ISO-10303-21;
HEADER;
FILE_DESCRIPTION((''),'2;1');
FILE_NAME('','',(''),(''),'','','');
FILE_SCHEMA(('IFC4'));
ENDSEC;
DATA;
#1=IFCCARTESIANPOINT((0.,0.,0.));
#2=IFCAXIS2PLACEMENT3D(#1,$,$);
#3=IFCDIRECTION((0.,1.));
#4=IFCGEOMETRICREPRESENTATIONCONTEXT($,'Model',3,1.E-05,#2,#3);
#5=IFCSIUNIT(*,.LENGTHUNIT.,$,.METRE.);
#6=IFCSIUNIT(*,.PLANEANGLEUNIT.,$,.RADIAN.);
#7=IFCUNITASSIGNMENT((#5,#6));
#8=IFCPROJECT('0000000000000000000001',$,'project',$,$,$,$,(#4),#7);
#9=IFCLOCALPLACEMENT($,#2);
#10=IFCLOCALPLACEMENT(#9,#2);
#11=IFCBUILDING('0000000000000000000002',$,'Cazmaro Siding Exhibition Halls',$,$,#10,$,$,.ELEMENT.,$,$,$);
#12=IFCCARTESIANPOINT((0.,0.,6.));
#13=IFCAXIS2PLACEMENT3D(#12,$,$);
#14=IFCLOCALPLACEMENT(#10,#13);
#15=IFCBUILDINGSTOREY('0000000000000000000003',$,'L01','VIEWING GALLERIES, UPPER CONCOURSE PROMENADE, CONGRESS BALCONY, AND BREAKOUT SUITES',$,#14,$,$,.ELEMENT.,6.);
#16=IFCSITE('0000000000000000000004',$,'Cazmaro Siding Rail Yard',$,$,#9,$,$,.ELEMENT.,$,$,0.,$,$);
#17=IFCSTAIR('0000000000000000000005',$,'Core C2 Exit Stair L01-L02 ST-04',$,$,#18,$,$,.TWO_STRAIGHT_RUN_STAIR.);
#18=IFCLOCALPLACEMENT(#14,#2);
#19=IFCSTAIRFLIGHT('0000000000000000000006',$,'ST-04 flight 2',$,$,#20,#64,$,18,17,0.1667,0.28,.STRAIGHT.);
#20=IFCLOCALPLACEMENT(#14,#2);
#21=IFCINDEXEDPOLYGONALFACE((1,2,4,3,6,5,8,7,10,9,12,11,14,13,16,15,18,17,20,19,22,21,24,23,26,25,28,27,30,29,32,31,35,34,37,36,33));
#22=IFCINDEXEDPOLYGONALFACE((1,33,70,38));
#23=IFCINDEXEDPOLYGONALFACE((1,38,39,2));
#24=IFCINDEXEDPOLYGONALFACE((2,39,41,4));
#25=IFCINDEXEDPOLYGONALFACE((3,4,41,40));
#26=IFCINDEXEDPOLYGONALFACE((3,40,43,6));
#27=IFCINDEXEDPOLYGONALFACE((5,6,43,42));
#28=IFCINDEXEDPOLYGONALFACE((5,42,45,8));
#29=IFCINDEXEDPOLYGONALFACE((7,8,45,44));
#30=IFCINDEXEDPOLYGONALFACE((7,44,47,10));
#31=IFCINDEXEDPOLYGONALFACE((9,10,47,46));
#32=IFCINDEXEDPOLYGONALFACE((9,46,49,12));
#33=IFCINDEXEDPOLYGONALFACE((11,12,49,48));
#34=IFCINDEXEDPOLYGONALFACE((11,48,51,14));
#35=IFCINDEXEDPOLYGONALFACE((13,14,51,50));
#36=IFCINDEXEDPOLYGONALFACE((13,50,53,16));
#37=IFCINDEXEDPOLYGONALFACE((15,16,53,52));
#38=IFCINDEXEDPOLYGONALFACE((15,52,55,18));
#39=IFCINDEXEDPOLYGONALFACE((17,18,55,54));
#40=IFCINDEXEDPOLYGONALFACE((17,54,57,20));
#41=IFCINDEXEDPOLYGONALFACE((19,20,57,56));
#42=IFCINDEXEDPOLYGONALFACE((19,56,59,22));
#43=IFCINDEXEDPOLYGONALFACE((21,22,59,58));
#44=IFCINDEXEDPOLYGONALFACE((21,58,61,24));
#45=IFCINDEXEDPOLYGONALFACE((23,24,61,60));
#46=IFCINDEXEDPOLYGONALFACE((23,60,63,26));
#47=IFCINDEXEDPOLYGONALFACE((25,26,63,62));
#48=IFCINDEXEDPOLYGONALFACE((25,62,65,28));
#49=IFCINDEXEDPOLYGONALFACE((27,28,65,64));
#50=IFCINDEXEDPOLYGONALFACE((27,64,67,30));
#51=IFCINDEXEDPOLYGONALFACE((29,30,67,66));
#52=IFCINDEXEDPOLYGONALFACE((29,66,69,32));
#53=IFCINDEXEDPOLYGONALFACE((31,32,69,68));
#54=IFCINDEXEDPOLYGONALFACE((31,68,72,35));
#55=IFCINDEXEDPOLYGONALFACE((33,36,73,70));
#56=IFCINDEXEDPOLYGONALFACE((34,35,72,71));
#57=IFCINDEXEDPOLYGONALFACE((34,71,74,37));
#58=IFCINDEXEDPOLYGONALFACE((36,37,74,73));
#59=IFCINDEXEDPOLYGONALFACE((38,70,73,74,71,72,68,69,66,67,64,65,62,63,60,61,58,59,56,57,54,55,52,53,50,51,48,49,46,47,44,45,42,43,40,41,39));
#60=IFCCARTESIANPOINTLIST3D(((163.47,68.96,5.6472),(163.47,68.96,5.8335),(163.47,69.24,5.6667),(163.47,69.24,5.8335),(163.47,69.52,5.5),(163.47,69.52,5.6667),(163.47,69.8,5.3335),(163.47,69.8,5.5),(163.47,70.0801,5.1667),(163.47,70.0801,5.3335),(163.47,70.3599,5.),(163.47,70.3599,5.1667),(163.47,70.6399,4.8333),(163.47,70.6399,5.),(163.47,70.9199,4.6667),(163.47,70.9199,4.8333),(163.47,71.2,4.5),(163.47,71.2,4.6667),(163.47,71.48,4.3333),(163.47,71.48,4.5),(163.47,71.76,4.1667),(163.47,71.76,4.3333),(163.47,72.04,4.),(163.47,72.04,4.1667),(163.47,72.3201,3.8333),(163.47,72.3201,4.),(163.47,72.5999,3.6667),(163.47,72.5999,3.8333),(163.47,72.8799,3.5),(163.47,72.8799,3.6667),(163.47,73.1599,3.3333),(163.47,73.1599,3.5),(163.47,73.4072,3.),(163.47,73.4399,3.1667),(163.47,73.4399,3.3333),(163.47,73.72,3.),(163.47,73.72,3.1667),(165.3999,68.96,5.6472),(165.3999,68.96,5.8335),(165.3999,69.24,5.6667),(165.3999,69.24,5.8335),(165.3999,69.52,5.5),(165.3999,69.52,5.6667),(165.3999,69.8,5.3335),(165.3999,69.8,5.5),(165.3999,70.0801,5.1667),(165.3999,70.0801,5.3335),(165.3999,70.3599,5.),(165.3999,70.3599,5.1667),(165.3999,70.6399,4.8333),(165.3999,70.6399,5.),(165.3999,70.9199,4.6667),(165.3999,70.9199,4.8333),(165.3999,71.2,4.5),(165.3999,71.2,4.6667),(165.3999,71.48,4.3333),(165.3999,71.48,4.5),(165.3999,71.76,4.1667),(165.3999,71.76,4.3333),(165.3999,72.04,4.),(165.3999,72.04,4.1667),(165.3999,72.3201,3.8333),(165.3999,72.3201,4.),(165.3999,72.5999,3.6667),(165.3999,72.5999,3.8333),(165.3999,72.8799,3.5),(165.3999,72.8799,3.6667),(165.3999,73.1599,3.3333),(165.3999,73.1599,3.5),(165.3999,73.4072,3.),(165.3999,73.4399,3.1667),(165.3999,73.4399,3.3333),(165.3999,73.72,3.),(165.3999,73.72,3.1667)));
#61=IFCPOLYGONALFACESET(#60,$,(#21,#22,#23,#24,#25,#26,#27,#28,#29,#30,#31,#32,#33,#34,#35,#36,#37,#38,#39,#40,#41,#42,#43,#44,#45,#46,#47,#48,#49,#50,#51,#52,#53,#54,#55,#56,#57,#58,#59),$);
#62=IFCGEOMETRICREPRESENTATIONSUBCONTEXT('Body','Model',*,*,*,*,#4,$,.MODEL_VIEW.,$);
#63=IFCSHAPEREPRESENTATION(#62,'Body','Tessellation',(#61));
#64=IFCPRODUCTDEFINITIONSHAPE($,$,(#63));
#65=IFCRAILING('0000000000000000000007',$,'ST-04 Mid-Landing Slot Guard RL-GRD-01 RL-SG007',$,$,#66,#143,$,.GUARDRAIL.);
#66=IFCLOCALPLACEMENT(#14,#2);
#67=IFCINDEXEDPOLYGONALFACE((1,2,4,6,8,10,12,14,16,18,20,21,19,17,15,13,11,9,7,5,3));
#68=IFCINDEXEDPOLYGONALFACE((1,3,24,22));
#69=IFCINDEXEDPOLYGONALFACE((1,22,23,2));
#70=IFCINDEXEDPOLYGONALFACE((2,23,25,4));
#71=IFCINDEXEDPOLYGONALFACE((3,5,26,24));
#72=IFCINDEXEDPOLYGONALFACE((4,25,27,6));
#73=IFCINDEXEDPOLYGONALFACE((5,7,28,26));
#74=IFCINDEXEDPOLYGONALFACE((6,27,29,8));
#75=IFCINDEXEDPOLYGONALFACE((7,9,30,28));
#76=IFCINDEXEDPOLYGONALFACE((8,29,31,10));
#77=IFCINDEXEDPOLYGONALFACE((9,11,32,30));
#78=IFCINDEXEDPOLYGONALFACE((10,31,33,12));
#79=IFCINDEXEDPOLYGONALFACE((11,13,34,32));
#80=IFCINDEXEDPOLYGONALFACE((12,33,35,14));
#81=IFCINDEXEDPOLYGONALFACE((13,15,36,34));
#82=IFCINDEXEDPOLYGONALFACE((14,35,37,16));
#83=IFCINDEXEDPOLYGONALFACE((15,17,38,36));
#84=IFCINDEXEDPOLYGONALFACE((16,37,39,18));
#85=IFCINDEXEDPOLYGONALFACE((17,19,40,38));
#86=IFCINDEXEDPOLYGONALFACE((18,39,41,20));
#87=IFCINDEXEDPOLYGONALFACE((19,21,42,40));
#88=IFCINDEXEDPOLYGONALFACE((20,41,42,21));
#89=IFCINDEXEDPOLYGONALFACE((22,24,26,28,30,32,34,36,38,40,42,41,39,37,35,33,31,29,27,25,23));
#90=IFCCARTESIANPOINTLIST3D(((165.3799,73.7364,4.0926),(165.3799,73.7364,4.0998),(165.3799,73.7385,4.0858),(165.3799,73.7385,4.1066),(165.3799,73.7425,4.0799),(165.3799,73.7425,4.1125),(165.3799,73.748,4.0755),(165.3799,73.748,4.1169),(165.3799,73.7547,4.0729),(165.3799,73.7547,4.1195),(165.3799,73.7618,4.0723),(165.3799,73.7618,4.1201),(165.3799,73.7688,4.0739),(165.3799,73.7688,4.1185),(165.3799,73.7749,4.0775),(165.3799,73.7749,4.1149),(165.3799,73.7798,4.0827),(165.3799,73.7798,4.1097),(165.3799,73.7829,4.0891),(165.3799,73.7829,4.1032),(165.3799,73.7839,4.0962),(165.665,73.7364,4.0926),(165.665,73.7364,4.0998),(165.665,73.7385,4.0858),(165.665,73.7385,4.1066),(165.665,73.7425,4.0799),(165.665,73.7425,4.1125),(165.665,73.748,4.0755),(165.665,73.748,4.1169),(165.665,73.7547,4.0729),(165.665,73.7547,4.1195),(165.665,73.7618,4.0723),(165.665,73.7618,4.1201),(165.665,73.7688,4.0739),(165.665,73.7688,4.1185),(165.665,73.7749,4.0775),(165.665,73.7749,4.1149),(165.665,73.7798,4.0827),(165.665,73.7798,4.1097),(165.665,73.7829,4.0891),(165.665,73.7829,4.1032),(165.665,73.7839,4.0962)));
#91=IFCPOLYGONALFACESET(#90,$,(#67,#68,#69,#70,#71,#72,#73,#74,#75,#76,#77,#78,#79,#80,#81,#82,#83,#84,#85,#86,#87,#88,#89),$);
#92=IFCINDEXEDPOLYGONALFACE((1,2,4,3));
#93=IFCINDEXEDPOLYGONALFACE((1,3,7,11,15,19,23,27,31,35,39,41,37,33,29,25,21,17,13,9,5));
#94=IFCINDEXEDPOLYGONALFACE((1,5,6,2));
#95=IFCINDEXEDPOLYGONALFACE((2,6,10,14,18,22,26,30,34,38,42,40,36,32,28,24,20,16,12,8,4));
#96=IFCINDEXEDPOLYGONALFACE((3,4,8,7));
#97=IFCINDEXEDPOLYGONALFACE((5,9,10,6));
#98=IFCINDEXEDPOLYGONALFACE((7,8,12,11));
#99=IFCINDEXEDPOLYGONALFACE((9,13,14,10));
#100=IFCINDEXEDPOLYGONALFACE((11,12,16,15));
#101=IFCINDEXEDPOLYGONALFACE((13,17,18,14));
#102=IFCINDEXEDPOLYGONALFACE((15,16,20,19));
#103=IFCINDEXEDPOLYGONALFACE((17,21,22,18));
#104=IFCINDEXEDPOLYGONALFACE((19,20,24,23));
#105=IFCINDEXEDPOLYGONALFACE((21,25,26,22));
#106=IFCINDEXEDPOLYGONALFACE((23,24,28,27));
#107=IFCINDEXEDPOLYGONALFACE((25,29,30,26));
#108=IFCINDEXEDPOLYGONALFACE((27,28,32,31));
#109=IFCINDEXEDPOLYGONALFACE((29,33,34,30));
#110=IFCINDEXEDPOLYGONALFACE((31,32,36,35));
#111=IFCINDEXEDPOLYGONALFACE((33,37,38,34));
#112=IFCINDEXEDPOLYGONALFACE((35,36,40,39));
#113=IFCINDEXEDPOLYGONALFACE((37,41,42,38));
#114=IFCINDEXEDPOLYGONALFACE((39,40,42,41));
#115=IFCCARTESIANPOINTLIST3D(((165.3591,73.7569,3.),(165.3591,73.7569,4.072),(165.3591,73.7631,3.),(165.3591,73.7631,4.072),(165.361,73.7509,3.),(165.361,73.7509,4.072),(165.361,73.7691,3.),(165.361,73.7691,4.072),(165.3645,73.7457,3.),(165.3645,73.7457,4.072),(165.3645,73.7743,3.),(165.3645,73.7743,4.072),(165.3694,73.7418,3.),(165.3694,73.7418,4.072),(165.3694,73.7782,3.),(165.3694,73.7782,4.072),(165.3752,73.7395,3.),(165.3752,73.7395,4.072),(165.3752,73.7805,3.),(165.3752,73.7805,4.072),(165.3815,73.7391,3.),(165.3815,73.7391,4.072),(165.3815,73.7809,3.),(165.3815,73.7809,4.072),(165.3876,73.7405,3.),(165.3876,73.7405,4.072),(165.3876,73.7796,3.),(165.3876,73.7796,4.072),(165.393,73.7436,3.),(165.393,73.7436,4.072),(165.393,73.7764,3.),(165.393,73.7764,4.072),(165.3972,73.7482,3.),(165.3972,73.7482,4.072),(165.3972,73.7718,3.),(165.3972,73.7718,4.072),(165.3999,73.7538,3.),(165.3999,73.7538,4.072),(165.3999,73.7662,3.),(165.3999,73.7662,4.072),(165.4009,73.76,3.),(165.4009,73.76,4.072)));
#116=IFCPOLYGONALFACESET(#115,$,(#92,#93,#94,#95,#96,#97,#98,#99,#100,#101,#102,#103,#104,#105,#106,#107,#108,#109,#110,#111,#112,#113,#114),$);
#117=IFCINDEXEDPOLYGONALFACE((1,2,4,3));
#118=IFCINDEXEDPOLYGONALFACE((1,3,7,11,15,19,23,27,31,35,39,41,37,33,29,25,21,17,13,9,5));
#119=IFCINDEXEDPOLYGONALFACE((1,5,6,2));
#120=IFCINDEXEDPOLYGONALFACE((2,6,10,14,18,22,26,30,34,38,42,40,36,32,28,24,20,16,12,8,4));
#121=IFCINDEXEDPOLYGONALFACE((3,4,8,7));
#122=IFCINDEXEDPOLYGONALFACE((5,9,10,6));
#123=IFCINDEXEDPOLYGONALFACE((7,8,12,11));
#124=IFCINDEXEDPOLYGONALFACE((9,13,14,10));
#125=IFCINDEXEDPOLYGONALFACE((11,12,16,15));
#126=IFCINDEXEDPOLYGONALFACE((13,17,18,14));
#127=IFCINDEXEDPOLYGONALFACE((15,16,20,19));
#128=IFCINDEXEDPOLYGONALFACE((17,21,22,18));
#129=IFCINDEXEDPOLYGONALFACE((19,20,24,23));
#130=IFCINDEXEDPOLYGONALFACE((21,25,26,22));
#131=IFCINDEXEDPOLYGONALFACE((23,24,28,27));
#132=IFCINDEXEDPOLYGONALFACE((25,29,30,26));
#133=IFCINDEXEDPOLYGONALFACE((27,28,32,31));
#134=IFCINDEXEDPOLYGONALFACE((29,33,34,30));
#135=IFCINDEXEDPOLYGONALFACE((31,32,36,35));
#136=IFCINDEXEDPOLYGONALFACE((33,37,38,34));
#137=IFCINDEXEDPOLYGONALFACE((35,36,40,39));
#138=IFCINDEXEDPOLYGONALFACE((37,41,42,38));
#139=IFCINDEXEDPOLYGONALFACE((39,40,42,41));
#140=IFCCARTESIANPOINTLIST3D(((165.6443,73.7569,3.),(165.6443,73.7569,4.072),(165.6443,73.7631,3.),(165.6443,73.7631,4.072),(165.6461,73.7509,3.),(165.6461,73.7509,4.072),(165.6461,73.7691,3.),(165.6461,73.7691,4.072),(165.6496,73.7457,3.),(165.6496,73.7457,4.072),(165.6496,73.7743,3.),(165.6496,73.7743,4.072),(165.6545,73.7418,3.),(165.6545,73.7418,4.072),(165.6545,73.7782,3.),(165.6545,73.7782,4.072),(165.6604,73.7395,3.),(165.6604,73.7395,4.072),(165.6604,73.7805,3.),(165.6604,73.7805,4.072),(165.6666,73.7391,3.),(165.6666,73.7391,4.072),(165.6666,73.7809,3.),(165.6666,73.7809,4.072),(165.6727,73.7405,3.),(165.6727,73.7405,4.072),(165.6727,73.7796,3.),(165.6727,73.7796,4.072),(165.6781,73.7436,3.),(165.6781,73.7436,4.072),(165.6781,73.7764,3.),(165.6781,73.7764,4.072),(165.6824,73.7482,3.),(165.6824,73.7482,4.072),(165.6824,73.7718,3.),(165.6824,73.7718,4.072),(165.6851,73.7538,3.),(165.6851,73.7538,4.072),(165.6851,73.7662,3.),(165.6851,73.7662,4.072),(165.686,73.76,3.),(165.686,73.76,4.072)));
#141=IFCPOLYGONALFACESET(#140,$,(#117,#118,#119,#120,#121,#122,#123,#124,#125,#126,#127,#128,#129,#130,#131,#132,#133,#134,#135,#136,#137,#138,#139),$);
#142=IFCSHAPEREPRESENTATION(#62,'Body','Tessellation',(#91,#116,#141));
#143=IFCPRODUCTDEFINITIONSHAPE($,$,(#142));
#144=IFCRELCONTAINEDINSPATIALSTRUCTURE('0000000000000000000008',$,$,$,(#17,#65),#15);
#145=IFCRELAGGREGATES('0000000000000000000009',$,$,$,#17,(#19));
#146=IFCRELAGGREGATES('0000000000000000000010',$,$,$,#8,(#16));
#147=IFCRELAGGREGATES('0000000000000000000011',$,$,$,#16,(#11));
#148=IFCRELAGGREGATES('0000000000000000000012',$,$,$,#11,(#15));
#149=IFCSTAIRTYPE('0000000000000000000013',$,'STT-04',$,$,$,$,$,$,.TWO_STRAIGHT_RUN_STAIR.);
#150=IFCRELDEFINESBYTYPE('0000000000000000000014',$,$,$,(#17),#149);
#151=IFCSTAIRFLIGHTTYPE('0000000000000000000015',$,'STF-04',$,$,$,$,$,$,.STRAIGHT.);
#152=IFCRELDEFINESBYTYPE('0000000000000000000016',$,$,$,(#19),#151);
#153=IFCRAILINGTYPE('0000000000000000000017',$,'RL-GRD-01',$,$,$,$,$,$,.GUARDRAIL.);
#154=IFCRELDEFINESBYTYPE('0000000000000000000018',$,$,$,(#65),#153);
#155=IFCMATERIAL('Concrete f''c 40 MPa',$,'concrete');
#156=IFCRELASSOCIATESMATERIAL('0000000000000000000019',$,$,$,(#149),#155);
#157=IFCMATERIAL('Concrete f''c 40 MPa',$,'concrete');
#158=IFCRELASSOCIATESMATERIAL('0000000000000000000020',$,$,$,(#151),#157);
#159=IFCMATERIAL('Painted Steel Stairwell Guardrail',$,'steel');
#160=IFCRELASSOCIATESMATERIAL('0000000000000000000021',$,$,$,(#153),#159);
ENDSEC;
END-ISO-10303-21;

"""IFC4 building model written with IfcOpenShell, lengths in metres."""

from ifc_helpers import new_model, si_unit, direction, frame, origin, origin_2d, place, context, subcontext, project, spatial, polyline, circle, outline, extrude, material, type_object, element, aggregate, save


model = new_model("IFC4")

# Units and contexts
model_context = context("Model", 3, precision=1e-05, world=origin(), true_north=direction((0.0, 1.0)))
body_context = subcontext(model_context, "Body", "Model", "MODEL_VIEW")
ifc_project = project(units=[si_unit("LENGTHUNIT", "METRE"), si_unit("PLANEANGLEUNIT", "RADIAN")], contexts=[model_context])

# Site, building, storey
site_placement = place(None, origin())
site = spatial("IfcSite", under=ifc_project, at=site_placement, Name="Cazmaro Siding Rail Yard", CompositionType="ELEMENT", RefElevation=0.0)
building_placement = place(site_placement, origin())
building = spatial("IfcBuilding", under=site, at=building_placement, Name="Cazmaro Siding Exhibition Halls", CompositionType="ELEMENT")
storey_placement = place(building_placement, frame((0.0, 0.0, 6.0)))
storey = spatial("IfcBuildingStorey", under=building, at=storey_placement, Name="L01", Description="VIEWING GALLERIES, UPPER CONCOURSE PROMENADE, CONGRESS BALCONY, AND BREAKOUT SUITES", CompositionType="ELEMENT", Elevation=6.0)

# Stair, stair flight
ifc_material_1 = material(Name="Concrete f'c 40 MPa", Category="concrete")
stair_type = type_object("IfcStairType", Name="STT-04", PredefinedType="TWO_STRAIGHT_RUN_STAIR", material=ifc_material_1)
stair_placement = place(storey_placement, origin())
stair = element("IfcStair", 1, at=stair_placement, inside=storey, type_object=stair_type, Name="Core C2 Exit Stair L01-L02 ST-04", PredefinedType="TWO_STRAIGHT_RUN_STAIR")
ifc_material_2 = material(Name="Concrete f'c 40 MPa", Category="concrete")
stair_flight_type = type_object("IfcStairFlightType", Name="STF-04", PredefinedType="STRAIGHT", material=ifc_material_2)
stair_flight_placement = place(storey_placement, frame((164.4351, 73.72, 3.0), z_axis=(0.0, 0.0, 1.0), x_axis=(0.0, -1.0, 0.0)))
stair_flight = element("IfcStairFlight", 2, at=stair_flight_placement, type_object=stair_flight_type, Name="ST-04 flight 2", NumberOfRisers=18, NumberOfTreads=17, PredefinedType="STRAIGHT", RiserHeight=0.1667, TreadLength=0.28, context=body_context, shape_type="SweptSolid", body=[
    extrude(outline(polyline([(0.0, 0.0), (0.0, 0.1667), (0.28, 0.1667), (0.28, 0.3333), (0.5601, 0.3333), (0.5601, 0.5), (0.8401, 0.5), (0.8401, 0.6667), (1.1201, 0.6667), (1.1201, 0.8333), (1.3999, 0.8333), (1.3999, 1.0), (1.6799, 1.0), (1.6799, 1.1667), (1.96, 1.1667), (1.96, 1.3333), (2.24, 1.3333), (2.24, 1.5), (2.52, 1.5), (2.52, 1.6667), (2.8, 1.6667), (2.8, 1.8333), (3.0801, 1.8333), (3.0801, 2.0), (3.3601, 2.0), (3.3601, 2.1667), (3.6399, 2.1667), (3.6399, 2.3335), (3.9199, 2.3335), (3.9199, 2.5), (4.2, 2.5), (4.2, 2.6667), (4.48, 2.6667), (4.48, 2.8335), (4.76, 2.8335), (4.76, 3.0), (4.76, 2.6472), (0.3127, 0.0), (0.0, 0.0)])), frame((0.0, 0.9648, 0.0), z_axis=(0.0, -1.0, 0.0), x_axis=(1.0, 0.0, 0.0)), (0.0, 0.0, 1.0), 1.9299),
])
aggregate(stair, [stair_flight])

# Railing
ifc_material_3 = material(Name="Painted Steel Stairwell Guardrail", Category="steel")
railing_type_1 = type_object("IfcRailingType", Name="RL-GRD-01", PredefinedType="GUARDRAIL", material=ifc_material_3)
railing_1_placement = place(storey_placement, frame((165.3799, 73.76, 3.0)))
element("IfcRailing", 3, at=railing_1_placement, inside=storey, type_object=railing_type_1, Name="ST-04 Mid-Landing Slot Guard RL-GRD-01 RL-SG007", PredefinedType="GUARDRAIL", context=body_context, shape_type="SweptSolid", body=[
    extrude(circle(Radius=0.0239, at=origin_2d()), frame((0.0, 0.0, 1.0962), z_axis=(1.0, 0.0, 0.0), x_axis=(0.0, 1.0, 0.0)), (0.0, 0.0, 1.0), 0.2852),
    extrude(circle(Radius=0.021, at=origin_2d()), origin(), (0.0, 0.0, 1.0), 1.072),
    extrude(circle(Radius=0.021, at=origin_2d()), frame((0.2852, 0.0, 0.0)), (0.0, 0.0, 1.0), 1.072),
])

save(model, "model.ifc")
